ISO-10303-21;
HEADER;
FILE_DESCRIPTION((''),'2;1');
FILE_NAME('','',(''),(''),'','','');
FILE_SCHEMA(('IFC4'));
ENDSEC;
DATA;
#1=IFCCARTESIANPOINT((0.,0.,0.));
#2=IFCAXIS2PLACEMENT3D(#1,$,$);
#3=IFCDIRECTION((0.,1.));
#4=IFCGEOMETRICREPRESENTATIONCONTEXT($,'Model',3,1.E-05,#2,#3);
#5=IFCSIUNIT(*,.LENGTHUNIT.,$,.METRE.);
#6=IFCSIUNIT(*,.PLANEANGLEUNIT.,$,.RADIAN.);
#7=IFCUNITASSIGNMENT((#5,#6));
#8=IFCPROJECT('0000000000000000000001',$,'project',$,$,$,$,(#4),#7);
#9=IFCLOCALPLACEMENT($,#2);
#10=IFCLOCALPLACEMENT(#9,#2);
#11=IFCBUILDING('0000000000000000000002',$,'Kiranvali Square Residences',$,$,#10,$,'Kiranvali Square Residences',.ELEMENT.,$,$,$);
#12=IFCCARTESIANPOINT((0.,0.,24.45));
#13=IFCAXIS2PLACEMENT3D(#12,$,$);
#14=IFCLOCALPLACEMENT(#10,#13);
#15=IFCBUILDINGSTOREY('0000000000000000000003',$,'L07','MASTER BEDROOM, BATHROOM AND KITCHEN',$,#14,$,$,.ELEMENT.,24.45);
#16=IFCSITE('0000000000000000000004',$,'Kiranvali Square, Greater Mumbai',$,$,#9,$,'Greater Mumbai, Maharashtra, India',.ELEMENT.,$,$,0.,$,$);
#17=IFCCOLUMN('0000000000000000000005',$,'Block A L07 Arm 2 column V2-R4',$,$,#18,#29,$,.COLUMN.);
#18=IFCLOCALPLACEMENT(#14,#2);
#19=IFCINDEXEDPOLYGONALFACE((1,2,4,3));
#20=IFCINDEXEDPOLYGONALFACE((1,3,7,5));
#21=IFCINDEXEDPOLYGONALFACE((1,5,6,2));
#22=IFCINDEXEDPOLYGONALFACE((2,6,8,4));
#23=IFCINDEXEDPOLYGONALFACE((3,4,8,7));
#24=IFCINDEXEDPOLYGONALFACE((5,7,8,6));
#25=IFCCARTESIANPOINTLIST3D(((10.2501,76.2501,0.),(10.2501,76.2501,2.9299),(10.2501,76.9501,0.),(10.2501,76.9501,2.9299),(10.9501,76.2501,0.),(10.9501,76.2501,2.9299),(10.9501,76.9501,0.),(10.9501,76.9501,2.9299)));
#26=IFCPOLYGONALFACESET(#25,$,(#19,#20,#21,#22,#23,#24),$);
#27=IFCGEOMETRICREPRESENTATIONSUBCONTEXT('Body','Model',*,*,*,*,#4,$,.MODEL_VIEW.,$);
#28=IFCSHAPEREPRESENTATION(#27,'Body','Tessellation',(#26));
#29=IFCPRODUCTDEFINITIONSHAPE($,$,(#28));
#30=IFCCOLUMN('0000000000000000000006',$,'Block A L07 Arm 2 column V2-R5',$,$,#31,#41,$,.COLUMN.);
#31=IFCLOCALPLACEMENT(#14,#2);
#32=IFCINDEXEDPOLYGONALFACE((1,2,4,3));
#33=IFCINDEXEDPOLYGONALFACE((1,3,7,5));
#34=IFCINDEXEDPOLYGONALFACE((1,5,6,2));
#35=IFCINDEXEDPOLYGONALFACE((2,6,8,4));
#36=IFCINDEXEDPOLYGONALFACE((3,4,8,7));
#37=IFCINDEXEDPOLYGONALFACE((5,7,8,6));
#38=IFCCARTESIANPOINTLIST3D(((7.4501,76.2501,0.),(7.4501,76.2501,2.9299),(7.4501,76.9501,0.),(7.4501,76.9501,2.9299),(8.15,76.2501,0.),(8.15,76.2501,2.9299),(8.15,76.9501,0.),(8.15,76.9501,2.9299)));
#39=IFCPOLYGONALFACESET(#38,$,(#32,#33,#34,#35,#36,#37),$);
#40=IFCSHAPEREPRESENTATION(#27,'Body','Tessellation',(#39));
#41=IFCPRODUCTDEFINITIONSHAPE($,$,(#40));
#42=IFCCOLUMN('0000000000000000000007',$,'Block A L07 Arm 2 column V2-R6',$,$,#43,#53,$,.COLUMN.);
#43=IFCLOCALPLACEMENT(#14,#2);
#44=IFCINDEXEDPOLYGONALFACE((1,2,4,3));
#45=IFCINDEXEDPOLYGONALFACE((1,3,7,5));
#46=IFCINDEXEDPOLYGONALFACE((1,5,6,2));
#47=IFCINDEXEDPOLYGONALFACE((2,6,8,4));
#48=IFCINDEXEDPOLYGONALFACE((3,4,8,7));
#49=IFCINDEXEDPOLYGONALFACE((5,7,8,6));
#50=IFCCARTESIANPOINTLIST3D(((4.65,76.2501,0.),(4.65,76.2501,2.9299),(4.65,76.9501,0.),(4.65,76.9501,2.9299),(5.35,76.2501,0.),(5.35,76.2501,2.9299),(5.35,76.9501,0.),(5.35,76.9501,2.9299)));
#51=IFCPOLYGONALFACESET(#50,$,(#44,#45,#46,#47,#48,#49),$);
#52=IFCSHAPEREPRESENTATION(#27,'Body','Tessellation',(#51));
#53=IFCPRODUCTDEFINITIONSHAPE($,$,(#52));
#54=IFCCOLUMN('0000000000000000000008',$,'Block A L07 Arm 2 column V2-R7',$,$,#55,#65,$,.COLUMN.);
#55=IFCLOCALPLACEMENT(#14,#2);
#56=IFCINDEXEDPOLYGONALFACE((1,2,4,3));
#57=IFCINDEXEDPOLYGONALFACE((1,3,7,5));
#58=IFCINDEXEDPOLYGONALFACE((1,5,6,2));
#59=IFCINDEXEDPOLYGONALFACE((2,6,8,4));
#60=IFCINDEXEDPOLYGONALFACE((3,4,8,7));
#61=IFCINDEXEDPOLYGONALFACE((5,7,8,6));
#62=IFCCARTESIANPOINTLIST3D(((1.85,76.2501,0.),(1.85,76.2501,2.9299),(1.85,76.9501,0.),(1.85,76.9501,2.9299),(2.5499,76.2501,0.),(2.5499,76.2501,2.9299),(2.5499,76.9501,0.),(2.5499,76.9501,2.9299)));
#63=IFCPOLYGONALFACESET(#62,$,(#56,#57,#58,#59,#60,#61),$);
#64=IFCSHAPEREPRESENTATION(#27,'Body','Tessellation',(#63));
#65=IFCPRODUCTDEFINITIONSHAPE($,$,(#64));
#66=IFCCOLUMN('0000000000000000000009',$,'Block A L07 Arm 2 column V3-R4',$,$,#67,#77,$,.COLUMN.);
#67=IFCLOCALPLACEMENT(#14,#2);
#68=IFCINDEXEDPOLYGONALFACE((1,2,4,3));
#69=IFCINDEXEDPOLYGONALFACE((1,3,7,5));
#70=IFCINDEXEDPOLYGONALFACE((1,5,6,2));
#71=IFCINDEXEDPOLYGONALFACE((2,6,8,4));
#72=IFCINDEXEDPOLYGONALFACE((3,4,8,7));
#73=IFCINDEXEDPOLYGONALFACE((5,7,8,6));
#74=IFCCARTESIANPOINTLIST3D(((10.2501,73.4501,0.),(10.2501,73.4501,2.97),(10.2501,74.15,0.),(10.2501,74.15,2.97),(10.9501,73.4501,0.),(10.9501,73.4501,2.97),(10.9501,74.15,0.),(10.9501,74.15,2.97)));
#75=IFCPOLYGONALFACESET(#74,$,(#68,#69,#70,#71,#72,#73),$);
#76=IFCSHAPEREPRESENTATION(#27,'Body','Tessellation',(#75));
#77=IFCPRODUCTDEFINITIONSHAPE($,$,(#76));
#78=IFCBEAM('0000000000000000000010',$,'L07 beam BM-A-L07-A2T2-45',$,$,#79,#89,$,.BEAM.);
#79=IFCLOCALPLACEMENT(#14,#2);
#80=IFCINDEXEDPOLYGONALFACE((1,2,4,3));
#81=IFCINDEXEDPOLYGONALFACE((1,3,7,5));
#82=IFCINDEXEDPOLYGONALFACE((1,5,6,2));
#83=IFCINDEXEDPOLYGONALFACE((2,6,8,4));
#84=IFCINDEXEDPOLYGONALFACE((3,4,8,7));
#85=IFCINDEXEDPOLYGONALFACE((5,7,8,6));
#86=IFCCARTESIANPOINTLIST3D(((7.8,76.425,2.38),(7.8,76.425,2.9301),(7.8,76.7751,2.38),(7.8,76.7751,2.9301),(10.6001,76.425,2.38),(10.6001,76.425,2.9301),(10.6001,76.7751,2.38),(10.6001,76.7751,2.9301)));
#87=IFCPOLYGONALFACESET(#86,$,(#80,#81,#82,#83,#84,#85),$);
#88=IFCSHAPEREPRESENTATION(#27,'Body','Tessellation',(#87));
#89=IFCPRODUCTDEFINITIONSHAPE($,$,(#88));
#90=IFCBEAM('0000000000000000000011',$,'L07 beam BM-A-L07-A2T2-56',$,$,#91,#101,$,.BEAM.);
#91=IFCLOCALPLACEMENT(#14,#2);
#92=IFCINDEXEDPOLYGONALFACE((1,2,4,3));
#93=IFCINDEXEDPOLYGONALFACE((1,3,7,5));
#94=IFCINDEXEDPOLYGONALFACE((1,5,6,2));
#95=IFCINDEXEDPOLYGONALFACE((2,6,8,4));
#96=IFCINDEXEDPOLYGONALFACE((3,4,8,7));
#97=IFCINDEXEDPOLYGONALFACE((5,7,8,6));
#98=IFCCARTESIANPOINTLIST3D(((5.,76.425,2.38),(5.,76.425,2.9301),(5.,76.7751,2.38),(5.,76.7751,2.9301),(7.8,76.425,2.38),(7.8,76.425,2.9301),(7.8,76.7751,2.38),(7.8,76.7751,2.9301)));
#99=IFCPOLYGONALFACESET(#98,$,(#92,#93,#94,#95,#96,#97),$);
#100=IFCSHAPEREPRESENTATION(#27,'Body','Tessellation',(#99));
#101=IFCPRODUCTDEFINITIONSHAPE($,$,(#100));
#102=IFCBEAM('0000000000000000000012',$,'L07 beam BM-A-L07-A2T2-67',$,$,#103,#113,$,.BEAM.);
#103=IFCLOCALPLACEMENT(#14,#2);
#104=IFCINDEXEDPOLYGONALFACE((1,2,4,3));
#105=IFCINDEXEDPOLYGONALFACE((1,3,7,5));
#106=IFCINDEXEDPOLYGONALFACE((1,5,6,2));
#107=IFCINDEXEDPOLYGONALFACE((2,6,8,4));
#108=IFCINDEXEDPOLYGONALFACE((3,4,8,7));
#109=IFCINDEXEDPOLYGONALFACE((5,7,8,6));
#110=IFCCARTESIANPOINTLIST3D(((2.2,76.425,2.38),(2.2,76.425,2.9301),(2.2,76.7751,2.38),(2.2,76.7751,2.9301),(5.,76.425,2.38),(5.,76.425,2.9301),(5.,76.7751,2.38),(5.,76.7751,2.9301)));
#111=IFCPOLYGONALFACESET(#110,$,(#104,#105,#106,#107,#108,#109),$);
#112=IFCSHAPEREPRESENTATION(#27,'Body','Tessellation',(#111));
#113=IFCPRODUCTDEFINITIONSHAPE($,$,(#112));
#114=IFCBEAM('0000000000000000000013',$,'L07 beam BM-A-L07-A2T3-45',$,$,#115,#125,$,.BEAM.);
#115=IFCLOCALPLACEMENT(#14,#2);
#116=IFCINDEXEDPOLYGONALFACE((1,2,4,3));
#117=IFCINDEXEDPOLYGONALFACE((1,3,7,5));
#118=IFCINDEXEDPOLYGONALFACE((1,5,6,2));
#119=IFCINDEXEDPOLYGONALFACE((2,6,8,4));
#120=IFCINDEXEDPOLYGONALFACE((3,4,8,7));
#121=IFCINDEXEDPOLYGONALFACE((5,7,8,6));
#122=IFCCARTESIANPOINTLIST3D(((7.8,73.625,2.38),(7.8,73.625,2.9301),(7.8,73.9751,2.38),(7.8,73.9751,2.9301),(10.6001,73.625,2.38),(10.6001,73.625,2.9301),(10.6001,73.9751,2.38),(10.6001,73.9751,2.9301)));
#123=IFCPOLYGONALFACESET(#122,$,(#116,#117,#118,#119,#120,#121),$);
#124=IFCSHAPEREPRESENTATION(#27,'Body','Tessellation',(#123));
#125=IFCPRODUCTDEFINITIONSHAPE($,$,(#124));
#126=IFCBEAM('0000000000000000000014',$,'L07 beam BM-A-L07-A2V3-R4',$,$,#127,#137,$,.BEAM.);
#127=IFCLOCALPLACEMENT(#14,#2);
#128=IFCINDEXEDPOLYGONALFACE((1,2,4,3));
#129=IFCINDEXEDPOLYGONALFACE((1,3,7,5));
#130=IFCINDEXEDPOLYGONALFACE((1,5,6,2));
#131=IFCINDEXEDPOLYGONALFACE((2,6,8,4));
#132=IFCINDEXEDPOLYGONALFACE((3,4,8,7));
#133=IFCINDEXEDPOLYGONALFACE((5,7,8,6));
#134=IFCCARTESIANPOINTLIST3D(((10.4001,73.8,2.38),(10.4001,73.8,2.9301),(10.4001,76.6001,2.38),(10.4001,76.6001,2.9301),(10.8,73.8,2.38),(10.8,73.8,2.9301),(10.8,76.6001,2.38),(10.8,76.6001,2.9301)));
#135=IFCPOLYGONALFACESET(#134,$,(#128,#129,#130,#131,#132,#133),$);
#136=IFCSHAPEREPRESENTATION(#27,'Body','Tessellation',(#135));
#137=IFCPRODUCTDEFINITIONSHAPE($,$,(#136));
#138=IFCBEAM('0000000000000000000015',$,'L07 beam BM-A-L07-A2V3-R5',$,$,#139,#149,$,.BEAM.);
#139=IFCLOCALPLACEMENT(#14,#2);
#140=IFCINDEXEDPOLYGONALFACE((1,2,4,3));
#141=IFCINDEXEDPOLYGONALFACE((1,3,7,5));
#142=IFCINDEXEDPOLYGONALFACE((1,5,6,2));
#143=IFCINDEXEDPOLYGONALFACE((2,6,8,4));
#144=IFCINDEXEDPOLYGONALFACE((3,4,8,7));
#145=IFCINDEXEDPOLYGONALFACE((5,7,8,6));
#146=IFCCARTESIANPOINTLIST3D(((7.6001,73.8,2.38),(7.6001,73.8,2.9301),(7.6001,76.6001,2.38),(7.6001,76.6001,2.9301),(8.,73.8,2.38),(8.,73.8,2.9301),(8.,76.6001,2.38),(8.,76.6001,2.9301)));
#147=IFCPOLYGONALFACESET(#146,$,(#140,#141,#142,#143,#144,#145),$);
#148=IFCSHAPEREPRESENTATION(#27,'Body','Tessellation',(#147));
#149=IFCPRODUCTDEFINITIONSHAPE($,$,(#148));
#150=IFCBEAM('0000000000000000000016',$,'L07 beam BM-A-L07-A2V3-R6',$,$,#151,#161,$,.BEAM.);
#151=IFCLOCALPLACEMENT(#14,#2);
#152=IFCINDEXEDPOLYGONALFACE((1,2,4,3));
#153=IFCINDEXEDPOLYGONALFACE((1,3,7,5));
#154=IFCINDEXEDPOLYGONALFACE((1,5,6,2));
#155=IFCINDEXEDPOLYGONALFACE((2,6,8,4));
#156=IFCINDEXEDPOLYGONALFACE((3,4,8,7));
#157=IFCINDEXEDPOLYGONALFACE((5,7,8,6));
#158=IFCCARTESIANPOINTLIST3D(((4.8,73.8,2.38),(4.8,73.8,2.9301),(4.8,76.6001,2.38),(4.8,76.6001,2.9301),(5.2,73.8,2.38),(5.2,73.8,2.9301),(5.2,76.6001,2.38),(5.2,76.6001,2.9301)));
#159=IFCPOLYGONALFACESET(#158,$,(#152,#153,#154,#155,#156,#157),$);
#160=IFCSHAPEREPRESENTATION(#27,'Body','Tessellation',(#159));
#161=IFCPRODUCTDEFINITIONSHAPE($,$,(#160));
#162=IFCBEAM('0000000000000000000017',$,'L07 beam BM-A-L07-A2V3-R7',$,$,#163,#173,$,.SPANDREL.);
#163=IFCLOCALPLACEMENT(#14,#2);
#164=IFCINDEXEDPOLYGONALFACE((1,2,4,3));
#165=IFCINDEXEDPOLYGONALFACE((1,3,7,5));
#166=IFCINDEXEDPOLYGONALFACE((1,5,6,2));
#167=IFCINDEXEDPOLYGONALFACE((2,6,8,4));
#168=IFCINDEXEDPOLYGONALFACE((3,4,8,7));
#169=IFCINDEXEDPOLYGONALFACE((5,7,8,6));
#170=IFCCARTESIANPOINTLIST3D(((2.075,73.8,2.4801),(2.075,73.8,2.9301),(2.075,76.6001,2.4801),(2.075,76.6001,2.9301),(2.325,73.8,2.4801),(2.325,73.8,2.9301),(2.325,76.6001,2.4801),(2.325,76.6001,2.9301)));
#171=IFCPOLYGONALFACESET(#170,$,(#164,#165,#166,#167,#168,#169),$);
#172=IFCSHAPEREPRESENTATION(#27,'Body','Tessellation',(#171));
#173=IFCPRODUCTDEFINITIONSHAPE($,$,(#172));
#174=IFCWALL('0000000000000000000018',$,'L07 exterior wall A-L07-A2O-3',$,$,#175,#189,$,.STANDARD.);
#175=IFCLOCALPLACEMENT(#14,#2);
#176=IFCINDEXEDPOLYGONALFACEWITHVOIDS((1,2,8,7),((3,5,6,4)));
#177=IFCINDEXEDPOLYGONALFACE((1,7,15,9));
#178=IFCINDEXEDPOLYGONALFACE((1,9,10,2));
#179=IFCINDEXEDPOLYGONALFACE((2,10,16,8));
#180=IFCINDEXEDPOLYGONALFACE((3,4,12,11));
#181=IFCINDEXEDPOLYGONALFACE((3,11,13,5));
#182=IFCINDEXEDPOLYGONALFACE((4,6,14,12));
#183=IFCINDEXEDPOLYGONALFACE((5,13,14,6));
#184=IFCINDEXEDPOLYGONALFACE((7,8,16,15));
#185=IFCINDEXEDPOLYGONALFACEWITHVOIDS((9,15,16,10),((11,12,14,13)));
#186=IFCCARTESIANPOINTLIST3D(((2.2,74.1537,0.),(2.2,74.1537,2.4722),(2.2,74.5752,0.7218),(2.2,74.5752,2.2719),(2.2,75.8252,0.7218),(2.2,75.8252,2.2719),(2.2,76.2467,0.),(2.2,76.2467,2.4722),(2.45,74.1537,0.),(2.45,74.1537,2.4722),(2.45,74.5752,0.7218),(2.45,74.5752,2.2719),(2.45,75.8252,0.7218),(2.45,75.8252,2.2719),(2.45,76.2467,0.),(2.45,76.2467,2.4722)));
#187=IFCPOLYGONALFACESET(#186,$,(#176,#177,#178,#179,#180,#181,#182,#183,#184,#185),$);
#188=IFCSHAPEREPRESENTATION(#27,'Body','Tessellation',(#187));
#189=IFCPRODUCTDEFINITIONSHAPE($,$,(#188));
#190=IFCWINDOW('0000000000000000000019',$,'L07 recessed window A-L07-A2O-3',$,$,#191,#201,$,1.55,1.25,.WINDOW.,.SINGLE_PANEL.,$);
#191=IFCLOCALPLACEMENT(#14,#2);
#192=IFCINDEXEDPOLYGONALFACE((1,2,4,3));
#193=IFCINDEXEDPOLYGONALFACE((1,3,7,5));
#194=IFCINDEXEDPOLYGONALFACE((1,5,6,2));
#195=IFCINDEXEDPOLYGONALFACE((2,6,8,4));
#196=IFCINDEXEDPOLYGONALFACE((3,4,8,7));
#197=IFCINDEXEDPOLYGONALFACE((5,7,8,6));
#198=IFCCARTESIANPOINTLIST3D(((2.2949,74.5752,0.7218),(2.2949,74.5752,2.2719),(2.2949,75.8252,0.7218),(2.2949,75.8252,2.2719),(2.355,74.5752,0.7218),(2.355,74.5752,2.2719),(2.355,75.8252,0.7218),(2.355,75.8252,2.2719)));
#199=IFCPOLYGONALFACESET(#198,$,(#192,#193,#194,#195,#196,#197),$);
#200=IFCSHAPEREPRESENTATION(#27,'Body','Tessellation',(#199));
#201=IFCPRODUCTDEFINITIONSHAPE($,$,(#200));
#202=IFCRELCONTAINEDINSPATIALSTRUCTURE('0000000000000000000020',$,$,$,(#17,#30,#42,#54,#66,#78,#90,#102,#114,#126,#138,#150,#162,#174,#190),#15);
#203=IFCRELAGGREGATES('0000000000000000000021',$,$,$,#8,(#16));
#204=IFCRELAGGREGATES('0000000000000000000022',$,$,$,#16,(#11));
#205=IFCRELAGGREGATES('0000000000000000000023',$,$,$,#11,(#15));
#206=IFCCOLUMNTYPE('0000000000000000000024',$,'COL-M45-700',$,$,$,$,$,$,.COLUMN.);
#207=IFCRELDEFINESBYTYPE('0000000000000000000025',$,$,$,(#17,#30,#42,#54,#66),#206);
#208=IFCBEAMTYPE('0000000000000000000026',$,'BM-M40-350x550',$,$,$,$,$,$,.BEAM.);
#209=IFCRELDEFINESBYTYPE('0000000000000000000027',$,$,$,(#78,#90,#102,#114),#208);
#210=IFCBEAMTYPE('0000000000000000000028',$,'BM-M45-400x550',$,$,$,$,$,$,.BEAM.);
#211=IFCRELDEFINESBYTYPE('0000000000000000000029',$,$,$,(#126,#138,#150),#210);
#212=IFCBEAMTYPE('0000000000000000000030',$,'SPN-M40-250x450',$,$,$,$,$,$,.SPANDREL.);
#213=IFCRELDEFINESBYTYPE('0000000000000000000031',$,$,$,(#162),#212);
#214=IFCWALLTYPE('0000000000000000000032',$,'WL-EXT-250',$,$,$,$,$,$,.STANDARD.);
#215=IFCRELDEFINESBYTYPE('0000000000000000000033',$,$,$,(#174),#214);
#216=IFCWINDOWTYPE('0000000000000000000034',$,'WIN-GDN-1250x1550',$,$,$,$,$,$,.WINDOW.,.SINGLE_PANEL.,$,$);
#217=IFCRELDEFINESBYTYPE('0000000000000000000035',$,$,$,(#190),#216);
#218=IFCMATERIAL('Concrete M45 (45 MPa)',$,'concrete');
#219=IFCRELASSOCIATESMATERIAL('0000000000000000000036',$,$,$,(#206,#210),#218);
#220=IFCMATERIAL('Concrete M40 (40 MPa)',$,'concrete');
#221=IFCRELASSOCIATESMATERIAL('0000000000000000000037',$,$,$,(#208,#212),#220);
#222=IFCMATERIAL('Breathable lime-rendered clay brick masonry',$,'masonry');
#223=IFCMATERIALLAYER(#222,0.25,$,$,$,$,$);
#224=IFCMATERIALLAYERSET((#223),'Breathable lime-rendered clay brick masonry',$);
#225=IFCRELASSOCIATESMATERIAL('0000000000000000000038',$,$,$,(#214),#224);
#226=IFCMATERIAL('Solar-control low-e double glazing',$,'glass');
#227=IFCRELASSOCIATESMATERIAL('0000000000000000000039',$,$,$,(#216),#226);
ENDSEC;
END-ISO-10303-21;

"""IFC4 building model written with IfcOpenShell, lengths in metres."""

from ifc_helpers import new_model, si_unit, direction, frame, frame_2d, origin, origin_2d, place, context, subcontext, project, spatial, rectangle, extrude, material, layer, layer_set, material_profile, profile_set, type_object, element, fill, save


model = new_model("IFC4")

# Units and contexts
model_context = context("Model", 3, precision=1e-05, world=origin(), true_north=direction((0.0, 1.0)))
body_context = subcontext(model_context, "Body", "Model", "MODEL_VIEW")
ifc_project = project(units=[si_unit("LENGTHUNIT", "METRE"), si_unit("PLANEANGLEUNIT", "RADIAN")], contexts=[model_context])

# Site, building, storey
site_placement = place(None, origin())
site = spatial("IfcSite", under=ifc_project, at=site_placement, Name="Kiranvali Square, Greater Mumbai", LongName="Greater Mumbai, Maharashtra, India", CompositionType="ELEMENT", RefElevation=0.0)
building_placement = place(site_placement, origin())
building = spatial("IfcBuilding", under=site, at=building_placement, Name="Kiranvali Square Residences", LongName="Kiranvali Square Residences", CompositionType="ELEMENT")
storey_placement = place(building_placement, frame((0.0, 0.0, 24.45)))
storey = spatial("IfcBuildingStorey", under=building, at=storey_placement, Name="L07", Description="MASTER BEDROOM, BATHROOM AND KITCHEN", CompositionType="ELEMENT", Elevation=24.45)

# Columns
ifc_material_1 = material(Name="Concrete M45 (45 MPa)", Category="concrete")
ifc_material_profile_1 = material_profile(ifc_material_1, rectangle(XDim=0.7, YDim=0.7, at=origin_2d()), Name="RC 700x700")
ifc_profile_set_1 = profile_set([ifc_material_profile_1], Name="Concrete M45 (45 MPa)")
column_type = type_object("IfcColumnType", Name="COL-M45-700", PredefinedType="COLUMN", material=ifc_profile_set_1)
for number, where, z_axis, x_axis, name in (
    (1, (10.6001, 76.6001, 0.0), (0.0, 0.0, 1.0), (1.0, 0.0, 0.0), "Block A L07 Arm 2 column V2-R4"),
    (2, (7.8, 76.6001, 0.0), (0.0, 0.0, 1.0), (1.0, 0.0, 0.0), "Block A L07 Arm 2 column V2-R5"),
    (3, (5.0, 76.6001, 0.0), (0.0, 0.0, 1.0), (1.0, 0.0, 0.0), "Block A L07 Arm 2 column V2-R6"),
    (4, (2.2, 76.6001, 0.0), (0.0, 0.0, 1.0), (1.0, 0.0, 0.0), "Block A L07 Arm 2 column V2-R7"),
):
    element("IfcColumn", number, at=place(storey_placement, frame(where, z_axis=z_axis, x_axis=x_axis)), inside=storey, type_object=column_type, Name=name, PredefinedType="COLUMN", context=body_context, shape_type="SweptSolid", body=[
        extrude(rectangle(XDim=0.7, YDim=0.7, at=origin_2d()), origin(), (0.0, 0.0, 1.0), 2.9299),
    ])
column_placement = place(storey_placement, frame((10.6001, 73.8, 0.0), z_axis=(0.0, 0.0, 1.0), x_axis=(1.0, 0.0, 0.0)))
element("IfcColumn", 5, at=column_placement, inside=storey, type_object=column_type, Name="Block A L07 Arm 2 column V3-R4", PredefinedType="COLUMN", context=body_context, shape_type="SweptSolid", body=[
    extrude(rectangle(XDim=0.7, YDim=0.7, at=origin_2d()), origin(), (0.0, 0.0, 1.0), 2.97),
])

# Beams
ifc_material_2 = material(Name="Concrete M40 (40 MPa)", Category="concrete")
ifc_material_profile_2 = material_profile(ifc_material_2, rectangle(XDim=0.3501, YDim=0.55, at=origin_2d()), Name="RC 350x550")
ifc_profile_set_2 = profile_set([ifc_material_profile_2], Name="Concrete M40 (40 MPa)")
beam_type_1 = type_object("IfcBeamType", Name="BM-M40-350x550", PredefinedType="BEAM", material=ifc_profile_set_2)
for number, where, z_axis, x_axis, name in (
    (6, (10.6001, 76.6001, 2.655), (-1.0, 0.0, 0.0), (0.0, -1.0, 0.0), "L07 beam BM-A-L07-A2T2-45"),
    (7, (7.8, 76.6001, 2.655), (-1.0, 0.0, 0.0), (0.0, -1.0, 0.0), "L07 beam BM-A-L07-A2T2-56"),
    (8, (5.0, 76.6001, 2.655), (-1.0, 0.0, 0.0), (0.0, -1.0, 0.0), "L07 beam BM-A-L07-A2T2-67"),
    (9, (10.6001, 73.8, 2.655), (-1.0, 0.0, 0.0), (0.0, -1.0, 0.0), "L07 beam BM-A-L07-A2T3-45"),
):
    element("IfcBeam", number, at=place(storey_placement, frame(where, z_axis=z_axis, x_axis=x_axis)), inside=storey, type_object=beam_type_1, Name=name, PredefinedType="BEAM", context=body_context, shape_type="SweptSolid", body=[
        extrude(rectangle(XDim=0.3501, YDim=0.55, at=origin_2d()), origin(), (0.0, 0.0, 1.0), 2.8),
    ])
ifc_material_profile_3 = material_profile(ifc_material_1, rectangle(XDim=0.3999, YDim=0.55, at=origin_2d()), Name="RC 400x550")
ifc_profile_set_3 = profile_set([ifc_material_profile_3], Name="Concrete M45 (45 MPa)")
beam_type_2 = type_object("IfcBeamType", Name="BM-M45-400x550", PredefinedType="BEAM", material=ifc_profile_set_3)
for number, where, z_axis, x_axis, name in (
    (10, (10.6001, 76.6001, 2.655), (0.0, -1.0, 0.0), (1.0, 0.0, 0.0), "L07 beam BM-A-L07-A2V3-R4"),
    (11, (7.8, 76.6001, 2.655), (0.0, -1.0, 0.0), (1.0, 0.0, 0.0), "L07 beam BM-A-L07-A2V3-R5"),
    (12, (5.0, 76.6001, 2.655), (0.0, -1.0, 0.0), (1.0, 0.0, 0.0), "L07 beam BM-A-L07-A2V3-R6"),
):
    element("IfcBeam", number, at=place(storey_placement, frame(where, z_axis=z_axis, x_axis=x_axis)), inside=storey, type_object=beam_type_2, Name=name, PredefinedType="BEAM", context=body_context, shape_type="SweptSolid", body=[
        extrude(rectangle(XDim=0.3999, YDim=0.55, at=origin_2d()), origin(), (0.0, 0.0, 1.0), 2.8),
    ])
ifc_material_profile_4 = material_profile(ifc_material_2, rectangle(XDim=0.25, YDim=0.45, at=origin_2d()), Name="RC 250x450")
ifc_profile_set_4 = profile_set([ifc_material_profile_4], Name="Concrete M40 (40 MPa)")
beam_type_3 = type_object("IfcBeamType", Name="SPN-M40-250x450", PredefinedType="SPANDREL", material=ifc_profile_set_4)
beam_placement = place(storey_placement, frame((2.2, 76.6001, 2.7051), z_axis=(0.0, -1.0, 0.0), x_axis=(1.0, 0.0, 0.0)))
element("IfcBeam", 13, at=beam_placement, inside=storey, type_object=beam_type_3, Name="L07 beam BM-A-L07-A2V3-R7", PredefinedType="SPANDREL", context=body_context, shape_type="SweptSolid", body=[
    extrude(rectangle(XDim=0.25, YDim=0.45, at=origin_2d()), origin(), (0.0, 0.0, 1.0), 2.8),
])

# Wall, opening, window
ifc_material_3 = material(Name="Breathable lime-rendered clay brick masonry", Category="masonry")
ifc_layer = layer(ifc_material_3, 0.25)
ifc_layer_set = layer_set([ifc_layer], Name="Breathable lime-rendered clay brick masonry")
wall_type = type_object("IfcWallType", Name="WL-EXT-250", PredefinedType="STANDARD", material=ifc_layer_set)
wall_1_placement = place(storey_placement, frame((2.325, 76.2466, 0.0), z_axis=(0.0, 0.0, 1.0), x_axis=(0.0, -1.0, 0.0)))
wall_1 = element("IfcWall", 14, at=wall_1_placement, inside=storey, type_object=wall_type, Name="L07 exterior wall A-L07-A2O-3", PredefinedType="STANDARD", context=body_context, shape_type="SweptSolid", body=[
    extrude(rectangle(XDim=2.093, YDim=0.25, at=frame_2d((1.0464, 0.0))), origin(), (0.0, 0.0, 1.0), 2.4722),
])
opening_1_placement = place(wall_1_placement, frame((0.4214, 0.0, 0.7219)))
opening_1 = element("IfcOpeningElement", 15, at=opening_1_placement, cuts=wall_1, PredefinedType="OPENING", context=body_context, shape_type="SweptSolid", body=[
    extrude(rectangle(XDim=1.25, YDim=1.55, at=frame_2d((0.625, 0.7749))), frame((0.0, 0.135, 0.0), z_axis=(0.0, -1.0, 0.0), x_axis=(1.0, 0.0, 0.0)), (0.0, 0.0, 1.0), 0.27),
])
ifc_material_4 = material(Name="Solar-control low-e double glazing", Category="glass")
window_type_1 = type_object("IfcWindowType", Name="WIN-GDN-1250x1550", PartitioningType="SINGLE_PANEL", PredefinedType="WINDOW", material=ifc_material_4)
window_1_placement = place(opening_1_placement, origin())
window_1 = element("IfcWindow", 16, at=window_1_placement, inside=storey, type_object=window_type_1, Name="L07 recessed window A-L07-A2O-3", OverallHeight=1.55, OverallWidth=1.25, PartitioningType="SINGLE_PANEL", PredefinedType="WINDOW", context=body_context, shape_type="SweptSolid", body=[
    extrude(rectangle(XDim=1.25, YDim=1.55, at=frame_2d((0.625, 0.7749))), frame((0.0, 0.03, 0.0), z_axis=(0.0, -1.0, 0.0), x_axis=(1.0, 0.0, 0.0)), (0.0, 0.0, 1.0), 0.0601),
])
fill(opening_1, window_1)

save(model, "model.ifc")
